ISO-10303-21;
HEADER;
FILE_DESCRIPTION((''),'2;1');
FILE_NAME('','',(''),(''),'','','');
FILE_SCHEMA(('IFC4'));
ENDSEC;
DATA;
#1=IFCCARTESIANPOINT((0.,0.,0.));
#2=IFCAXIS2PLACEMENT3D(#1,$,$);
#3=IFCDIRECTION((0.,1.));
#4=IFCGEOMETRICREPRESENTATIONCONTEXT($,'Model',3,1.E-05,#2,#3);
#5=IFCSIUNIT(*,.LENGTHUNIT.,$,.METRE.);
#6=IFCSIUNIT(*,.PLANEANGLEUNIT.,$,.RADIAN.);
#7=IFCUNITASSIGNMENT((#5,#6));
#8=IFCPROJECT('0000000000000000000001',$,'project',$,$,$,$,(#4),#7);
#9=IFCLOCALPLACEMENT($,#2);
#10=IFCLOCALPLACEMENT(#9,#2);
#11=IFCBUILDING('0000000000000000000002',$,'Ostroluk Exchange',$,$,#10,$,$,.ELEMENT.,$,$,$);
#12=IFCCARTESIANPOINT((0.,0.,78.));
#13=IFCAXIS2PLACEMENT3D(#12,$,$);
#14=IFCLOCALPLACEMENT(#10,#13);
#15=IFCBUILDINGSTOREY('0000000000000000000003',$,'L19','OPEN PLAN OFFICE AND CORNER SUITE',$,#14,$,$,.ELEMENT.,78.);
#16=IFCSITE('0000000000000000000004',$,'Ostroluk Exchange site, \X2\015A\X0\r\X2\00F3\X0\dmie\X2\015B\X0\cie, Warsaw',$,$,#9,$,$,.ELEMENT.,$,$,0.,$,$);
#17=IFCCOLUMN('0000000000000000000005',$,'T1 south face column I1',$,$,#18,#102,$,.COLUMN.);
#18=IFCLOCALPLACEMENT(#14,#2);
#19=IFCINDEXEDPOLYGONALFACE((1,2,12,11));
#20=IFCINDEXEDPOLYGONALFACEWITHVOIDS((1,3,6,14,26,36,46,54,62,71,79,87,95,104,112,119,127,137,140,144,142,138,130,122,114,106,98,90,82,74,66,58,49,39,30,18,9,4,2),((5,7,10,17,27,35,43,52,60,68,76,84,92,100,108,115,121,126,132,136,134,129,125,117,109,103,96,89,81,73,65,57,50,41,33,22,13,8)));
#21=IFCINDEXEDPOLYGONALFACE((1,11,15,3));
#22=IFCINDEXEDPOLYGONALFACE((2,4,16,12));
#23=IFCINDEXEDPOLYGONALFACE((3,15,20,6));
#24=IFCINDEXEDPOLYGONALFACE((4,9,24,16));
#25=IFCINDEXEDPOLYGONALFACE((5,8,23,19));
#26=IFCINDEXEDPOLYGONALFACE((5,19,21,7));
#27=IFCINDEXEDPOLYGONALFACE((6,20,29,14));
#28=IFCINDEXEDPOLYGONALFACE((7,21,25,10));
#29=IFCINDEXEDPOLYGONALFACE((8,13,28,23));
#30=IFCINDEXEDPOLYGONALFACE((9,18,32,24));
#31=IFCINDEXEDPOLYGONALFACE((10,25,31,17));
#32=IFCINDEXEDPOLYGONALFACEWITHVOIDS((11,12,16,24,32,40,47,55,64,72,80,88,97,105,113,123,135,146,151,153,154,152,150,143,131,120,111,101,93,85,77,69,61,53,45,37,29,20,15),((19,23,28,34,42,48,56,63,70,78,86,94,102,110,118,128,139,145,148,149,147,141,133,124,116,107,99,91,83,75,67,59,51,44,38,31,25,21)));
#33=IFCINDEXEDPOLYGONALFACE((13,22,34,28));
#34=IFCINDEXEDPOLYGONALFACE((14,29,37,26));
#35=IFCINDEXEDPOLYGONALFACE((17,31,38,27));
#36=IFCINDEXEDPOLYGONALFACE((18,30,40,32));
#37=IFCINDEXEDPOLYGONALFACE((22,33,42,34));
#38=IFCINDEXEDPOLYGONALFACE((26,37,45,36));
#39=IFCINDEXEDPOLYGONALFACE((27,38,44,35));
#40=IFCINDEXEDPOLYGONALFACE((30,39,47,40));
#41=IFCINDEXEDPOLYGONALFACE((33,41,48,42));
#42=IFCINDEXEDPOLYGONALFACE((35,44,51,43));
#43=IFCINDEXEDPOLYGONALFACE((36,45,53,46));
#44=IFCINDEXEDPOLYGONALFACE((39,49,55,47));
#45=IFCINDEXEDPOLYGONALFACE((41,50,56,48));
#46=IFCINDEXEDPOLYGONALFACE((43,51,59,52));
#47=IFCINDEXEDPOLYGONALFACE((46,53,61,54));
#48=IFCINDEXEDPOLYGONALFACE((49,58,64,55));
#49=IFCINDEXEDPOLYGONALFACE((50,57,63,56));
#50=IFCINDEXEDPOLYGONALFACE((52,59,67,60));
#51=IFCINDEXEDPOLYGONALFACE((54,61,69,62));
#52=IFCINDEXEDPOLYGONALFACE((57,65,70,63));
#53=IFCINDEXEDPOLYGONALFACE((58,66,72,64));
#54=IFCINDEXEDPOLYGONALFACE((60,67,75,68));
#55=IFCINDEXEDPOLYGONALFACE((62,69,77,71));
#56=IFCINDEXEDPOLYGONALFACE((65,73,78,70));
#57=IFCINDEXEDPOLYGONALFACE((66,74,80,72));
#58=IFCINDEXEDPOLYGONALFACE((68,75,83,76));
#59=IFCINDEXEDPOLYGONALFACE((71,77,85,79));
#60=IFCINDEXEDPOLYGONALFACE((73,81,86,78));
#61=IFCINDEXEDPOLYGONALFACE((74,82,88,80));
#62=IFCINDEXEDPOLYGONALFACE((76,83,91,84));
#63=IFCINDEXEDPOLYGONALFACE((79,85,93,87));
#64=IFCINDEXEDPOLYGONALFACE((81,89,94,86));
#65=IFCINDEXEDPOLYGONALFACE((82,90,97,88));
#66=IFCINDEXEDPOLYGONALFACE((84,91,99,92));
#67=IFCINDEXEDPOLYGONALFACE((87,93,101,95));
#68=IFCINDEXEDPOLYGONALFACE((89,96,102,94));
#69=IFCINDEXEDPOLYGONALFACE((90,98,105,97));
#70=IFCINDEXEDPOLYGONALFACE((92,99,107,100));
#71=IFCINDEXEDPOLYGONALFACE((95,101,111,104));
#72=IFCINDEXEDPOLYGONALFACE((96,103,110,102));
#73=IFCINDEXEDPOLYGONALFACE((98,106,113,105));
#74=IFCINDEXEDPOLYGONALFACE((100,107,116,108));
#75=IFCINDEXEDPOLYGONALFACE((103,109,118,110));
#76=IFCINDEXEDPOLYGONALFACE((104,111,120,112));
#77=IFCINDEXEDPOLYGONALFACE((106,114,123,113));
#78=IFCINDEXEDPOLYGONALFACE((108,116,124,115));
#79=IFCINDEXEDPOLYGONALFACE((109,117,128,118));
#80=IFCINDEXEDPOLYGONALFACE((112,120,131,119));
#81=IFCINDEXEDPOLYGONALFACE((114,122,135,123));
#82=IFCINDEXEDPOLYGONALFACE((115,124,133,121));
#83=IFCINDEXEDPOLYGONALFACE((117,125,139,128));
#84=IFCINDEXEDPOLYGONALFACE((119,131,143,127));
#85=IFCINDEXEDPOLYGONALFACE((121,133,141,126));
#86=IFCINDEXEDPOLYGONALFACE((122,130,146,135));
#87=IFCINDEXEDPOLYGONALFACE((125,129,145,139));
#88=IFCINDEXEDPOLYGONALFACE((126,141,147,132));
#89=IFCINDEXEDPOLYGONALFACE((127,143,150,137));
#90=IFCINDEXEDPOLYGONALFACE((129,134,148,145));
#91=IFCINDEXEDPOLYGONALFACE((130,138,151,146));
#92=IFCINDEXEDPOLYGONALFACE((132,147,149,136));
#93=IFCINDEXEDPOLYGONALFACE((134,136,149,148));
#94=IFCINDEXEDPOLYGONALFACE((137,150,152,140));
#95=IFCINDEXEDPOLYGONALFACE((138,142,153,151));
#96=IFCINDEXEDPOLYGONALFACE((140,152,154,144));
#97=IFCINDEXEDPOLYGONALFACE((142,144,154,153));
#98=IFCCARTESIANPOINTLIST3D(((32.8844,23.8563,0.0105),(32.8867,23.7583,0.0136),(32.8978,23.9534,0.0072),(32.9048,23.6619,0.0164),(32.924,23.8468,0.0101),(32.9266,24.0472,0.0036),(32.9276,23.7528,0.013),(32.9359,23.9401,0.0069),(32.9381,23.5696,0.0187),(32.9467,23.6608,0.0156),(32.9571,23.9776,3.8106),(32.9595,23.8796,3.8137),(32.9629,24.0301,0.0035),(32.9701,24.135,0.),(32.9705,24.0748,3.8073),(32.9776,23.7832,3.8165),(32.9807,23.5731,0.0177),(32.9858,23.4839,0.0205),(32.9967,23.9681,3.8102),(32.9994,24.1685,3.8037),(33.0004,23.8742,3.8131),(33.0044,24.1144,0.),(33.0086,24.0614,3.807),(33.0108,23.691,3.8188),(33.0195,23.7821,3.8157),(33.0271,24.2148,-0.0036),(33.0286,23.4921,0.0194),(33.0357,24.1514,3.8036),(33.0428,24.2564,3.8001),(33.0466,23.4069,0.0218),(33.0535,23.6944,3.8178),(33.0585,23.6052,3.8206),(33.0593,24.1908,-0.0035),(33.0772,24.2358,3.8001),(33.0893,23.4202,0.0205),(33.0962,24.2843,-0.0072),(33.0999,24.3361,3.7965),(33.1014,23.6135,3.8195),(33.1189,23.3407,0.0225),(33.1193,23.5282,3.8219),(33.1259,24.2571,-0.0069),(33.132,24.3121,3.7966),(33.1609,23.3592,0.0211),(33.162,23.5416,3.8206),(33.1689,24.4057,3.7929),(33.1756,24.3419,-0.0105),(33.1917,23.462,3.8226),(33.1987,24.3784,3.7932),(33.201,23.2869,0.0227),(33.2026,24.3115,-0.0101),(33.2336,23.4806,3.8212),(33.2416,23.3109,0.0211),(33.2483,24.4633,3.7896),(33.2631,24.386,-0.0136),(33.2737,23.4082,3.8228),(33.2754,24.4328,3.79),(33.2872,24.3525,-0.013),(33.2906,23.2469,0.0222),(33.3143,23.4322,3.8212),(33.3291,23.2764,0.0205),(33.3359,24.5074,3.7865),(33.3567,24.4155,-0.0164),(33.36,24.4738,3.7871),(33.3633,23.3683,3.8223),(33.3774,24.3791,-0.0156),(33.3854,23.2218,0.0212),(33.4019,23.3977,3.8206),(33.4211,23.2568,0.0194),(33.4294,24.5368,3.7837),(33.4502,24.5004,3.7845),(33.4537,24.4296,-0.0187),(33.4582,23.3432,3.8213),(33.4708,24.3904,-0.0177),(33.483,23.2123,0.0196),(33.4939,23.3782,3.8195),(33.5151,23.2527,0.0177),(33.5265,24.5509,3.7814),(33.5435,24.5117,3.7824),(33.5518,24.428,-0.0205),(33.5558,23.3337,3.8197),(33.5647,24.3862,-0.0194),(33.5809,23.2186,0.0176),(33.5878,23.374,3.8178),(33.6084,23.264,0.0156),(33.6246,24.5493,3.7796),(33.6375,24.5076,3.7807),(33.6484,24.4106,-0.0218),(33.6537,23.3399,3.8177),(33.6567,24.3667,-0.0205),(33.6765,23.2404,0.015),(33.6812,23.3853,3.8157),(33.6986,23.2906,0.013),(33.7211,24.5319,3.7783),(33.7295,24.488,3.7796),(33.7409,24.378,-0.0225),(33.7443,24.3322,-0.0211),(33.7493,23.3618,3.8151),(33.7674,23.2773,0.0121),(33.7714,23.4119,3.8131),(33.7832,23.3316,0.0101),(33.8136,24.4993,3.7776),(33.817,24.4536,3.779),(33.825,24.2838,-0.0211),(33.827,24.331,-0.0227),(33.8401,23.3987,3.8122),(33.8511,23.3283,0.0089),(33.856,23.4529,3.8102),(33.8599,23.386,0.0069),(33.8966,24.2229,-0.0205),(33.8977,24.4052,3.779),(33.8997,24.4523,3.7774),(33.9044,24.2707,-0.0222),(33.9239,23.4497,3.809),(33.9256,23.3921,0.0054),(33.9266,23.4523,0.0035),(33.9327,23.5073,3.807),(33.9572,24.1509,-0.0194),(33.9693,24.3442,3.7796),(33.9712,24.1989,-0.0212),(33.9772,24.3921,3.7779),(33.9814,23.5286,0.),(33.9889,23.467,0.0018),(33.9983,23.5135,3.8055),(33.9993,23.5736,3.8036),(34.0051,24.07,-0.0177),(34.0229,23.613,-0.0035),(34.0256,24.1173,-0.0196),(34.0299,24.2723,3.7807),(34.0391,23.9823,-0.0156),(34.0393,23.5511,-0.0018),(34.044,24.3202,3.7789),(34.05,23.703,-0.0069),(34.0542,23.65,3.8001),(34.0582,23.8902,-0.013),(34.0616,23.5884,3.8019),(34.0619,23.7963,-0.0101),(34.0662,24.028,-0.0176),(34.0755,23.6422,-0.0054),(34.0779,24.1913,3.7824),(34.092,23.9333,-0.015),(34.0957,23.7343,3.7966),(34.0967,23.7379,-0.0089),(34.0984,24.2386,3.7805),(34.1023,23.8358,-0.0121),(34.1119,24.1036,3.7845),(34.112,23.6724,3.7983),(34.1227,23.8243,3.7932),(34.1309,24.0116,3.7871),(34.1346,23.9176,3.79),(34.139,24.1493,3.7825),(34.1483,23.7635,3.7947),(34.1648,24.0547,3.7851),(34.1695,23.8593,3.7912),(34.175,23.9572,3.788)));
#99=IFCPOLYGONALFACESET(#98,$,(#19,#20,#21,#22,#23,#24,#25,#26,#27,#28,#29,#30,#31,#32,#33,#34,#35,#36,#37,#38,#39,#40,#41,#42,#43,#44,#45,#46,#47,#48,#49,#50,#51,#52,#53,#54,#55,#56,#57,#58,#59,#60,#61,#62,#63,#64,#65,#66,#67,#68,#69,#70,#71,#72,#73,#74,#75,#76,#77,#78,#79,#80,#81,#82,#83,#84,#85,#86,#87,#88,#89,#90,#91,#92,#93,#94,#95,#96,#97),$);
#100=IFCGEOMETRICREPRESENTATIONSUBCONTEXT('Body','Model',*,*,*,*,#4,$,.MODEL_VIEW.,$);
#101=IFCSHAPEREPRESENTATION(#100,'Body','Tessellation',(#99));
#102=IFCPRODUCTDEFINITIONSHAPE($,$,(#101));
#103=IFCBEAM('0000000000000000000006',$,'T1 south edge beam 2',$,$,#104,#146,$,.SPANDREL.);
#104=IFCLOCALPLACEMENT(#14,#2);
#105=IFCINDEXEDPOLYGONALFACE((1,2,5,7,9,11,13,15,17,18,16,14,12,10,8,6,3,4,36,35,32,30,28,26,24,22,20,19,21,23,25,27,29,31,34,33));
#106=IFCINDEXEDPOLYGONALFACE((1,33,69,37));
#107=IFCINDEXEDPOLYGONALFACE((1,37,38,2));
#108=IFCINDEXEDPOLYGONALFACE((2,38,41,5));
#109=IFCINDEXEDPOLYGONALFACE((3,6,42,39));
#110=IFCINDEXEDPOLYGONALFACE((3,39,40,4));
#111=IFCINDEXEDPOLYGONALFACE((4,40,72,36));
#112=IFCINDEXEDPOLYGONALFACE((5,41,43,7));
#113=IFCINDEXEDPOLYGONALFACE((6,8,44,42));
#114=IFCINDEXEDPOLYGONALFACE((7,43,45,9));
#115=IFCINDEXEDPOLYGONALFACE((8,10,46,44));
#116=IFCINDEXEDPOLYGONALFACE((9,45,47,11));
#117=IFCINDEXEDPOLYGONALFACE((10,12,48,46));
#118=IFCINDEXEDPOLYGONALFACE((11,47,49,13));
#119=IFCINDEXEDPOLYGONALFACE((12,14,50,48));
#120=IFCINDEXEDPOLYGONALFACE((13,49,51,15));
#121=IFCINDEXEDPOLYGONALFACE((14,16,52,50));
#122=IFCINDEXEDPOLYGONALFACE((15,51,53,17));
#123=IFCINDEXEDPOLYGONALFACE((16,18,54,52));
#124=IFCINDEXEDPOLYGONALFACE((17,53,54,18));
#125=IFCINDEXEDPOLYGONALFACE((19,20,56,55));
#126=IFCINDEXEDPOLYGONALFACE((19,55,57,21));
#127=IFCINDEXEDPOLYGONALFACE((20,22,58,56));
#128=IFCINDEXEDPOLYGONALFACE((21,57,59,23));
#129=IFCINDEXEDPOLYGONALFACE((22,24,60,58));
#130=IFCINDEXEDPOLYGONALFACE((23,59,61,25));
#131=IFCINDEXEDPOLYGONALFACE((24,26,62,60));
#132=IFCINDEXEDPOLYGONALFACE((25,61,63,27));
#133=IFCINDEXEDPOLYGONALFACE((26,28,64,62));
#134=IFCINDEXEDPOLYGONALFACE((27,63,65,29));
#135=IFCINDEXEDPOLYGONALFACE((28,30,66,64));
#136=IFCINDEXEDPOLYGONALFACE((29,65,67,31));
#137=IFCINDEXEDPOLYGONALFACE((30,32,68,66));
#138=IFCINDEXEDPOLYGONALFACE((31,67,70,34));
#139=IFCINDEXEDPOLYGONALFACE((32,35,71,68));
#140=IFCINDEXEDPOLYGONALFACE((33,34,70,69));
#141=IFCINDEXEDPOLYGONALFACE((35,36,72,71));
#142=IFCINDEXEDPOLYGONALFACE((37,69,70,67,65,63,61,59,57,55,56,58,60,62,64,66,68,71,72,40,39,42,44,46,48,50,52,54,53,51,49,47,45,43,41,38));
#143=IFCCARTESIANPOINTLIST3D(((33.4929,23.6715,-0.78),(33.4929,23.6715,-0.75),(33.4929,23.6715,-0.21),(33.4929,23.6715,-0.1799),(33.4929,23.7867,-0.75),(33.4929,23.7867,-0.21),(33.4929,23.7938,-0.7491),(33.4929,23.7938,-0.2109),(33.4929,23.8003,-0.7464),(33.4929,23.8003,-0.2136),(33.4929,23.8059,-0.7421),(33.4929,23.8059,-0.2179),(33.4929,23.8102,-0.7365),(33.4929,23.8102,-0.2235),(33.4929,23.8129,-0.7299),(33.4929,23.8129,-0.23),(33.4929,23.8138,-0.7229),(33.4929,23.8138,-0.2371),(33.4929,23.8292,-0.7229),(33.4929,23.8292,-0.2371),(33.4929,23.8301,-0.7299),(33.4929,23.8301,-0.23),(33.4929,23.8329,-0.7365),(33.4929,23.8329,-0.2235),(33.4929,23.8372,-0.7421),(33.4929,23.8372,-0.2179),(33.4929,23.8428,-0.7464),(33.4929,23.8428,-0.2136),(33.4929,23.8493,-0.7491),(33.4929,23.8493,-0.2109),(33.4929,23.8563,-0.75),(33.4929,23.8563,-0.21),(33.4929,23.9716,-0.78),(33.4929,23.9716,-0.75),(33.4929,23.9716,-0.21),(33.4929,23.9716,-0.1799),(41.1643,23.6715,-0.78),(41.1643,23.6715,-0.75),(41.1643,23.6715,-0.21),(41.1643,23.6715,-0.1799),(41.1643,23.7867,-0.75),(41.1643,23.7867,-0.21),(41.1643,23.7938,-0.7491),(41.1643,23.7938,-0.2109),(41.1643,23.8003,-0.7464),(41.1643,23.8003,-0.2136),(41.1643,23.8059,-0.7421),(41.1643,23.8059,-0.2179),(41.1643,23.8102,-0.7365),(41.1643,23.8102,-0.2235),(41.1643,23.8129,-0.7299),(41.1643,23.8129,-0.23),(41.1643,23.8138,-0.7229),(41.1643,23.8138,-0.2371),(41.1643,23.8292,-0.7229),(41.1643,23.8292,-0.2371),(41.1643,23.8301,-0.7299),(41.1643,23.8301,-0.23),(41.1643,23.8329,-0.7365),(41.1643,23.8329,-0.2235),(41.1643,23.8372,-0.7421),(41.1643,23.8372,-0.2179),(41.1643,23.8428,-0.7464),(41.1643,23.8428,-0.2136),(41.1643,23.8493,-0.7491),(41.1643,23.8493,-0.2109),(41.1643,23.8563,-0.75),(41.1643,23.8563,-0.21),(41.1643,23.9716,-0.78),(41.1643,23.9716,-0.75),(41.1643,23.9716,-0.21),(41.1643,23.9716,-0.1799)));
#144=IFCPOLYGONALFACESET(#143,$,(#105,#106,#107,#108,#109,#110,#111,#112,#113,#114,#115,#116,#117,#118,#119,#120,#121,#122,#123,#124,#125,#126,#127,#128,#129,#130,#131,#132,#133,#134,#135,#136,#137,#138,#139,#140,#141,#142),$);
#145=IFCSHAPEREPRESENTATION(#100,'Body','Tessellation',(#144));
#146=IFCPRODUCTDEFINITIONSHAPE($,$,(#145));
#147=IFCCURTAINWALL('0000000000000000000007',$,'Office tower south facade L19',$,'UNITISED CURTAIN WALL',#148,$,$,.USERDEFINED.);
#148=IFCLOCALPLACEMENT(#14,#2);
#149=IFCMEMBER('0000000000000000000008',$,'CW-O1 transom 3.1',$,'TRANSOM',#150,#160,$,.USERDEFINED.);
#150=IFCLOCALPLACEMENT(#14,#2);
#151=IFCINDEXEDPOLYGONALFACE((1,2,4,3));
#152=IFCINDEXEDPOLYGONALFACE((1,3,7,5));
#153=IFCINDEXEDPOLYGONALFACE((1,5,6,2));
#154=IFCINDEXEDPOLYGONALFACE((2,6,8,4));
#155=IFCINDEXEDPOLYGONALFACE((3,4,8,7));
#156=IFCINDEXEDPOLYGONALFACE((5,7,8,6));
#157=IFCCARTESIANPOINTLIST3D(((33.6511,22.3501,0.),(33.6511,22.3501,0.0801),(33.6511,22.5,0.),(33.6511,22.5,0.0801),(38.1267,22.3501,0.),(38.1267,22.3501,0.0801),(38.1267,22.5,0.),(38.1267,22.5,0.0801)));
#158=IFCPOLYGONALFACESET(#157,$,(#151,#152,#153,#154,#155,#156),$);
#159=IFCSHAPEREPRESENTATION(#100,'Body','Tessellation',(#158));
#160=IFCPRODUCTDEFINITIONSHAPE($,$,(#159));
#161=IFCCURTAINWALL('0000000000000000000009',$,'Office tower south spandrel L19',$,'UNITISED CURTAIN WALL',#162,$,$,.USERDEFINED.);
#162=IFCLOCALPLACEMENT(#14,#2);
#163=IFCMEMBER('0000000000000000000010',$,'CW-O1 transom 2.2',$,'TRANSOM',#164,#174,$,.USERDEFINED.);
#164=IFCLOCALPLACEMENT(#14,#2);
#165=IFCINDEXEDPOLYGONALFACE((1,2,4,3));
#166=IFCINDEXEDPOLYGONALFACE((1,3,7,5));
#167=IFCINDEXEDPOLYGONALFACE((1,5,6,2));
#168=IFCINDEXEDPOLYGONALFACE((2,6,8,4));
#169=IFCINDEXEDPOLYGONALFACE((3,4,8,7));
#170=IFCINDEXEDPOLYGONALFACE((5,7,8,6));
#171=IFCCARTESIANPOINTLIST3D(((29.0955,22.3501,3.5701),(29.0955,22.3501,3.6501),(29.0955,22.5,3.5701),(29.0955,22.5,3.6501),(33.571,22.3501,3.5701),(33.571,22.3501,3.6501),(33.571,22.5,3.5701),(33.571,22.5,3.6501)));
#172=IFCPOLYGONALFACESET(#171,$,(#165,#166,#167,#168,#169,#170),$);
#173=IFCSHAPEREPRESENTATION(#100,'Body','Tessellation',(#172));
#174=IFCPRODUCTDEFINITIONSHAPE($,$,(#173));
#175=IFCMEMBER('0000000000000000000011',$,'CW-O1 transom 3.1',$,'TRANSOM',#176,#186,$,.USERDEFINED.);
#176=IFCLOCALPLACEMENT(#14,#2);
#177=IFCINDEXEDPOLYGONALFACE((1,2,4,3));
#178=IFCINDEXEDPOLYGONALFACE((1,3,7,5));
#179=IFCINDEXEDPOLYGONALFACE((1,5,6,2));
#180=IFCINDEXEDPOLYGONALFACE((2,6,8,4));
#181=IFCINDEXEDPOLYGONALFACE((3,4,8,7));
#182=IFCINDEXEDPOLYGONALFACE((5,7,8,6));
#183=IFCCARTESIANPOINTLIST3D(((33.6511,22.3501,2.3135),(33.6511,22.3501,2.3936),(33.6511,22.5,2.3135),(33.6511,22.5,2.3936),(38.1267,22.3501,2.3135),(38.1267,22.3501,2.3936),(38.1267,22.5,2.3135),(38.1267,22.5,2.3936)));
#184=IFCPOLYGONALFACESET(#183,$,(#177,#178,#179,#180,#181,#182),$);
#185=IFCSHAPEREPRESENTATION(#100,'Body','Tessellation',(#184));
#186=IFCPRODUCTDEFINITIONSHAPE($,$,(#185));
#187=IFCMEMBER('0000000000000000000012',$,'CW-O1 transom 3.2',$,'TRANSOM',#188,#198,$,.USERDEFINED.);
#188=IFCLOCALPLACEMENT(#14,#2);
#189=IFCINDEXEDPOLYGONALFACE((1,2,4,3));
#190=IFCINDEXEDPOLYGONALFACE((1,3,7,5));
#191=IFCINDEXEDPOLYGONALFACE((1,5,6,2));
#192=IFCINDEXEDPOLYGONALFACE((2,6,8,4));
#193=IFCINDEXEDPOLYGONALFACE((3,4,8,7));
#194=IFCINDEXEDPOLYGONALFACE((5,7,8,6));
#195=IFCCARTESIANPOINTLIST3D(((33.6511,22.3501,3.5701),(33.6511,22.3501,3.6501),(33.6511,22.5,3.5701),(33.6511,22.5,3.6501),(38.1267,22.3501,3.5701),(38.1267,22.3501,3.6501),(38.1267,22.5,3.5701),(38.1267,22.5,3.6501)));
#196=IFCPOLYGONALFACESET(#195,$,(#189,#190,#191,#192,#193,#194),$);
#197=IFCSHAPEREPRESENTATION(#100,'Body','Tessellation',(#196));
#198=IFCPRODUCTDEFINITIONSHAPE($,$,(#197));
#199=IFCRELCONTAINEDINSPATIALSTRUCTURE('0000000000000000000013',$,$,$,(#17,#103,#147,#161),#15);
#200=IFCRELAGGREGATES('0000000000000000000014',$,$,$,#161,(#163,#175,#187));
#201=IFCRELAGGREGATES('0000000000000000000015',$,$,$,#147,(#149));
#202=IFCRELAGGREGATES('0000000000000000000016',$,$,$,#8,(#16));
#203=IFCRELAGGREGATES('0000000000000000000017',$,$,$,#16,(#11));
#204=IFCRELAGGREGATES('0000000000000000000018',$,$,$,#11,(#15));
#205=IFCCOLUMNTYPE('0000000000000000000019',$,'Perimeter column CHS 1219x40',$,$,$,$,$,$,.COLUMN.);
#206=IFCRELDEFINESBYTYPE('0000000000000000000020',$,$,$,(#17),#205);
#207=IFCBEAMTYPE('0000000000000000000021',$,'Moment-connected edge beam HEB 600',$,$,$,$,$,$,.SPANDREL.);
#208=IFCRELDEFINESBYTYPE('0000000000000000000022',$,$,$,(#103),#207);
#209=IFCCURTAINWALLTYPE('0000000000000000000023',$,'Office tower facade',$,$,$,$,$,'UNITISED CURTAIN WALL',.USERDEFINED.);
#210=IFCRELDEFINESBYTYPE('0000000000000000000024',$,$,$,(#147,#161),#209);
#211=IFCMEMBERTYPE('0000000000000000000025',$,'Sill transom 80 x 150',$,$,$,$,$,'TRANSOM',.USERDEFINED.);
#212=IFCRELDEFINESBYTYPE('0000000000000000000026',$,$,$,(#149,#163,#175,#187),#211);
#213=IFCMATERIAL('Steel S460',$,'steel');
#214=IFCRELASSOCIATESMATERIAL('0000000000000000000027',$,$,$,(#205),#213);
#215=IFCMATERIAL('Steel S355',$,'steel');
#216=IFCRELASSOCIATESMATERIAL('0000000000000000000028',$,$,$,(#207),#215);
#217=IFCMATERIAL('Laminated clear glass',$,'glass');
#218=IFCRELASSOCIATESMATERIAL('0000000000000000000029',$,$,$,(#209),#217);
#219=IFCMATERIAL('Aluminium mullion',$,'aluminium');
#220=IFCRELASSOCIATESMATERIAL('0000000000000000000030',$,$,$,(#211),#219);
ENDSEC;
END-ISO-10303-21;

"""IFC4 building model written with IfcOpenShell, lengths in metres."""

from ifc_helpers import new_model, si_unit, direction, frame, origin, origin_2d, place, context, subcontext, project, spatial, rectangle, hollow_circle, i_section, extrude, material, material_profile, profile_set, type_object, element, aggregate, save


model = new_model("IFC4")

# Units and contexts
model_context = context("Model", 3, precision=1e-05, world=origin(), true_north=direction((0.0, 1.0)))
body_context = subcontext(model_context, "Body", "Model", "MODEL_VIEW")
ifc_project = project(units=[si_unit("LENGTHUNIT", "METRE"), si_unit("PLANEANGLEUNIT", "RADIAN")], contexts=[model_context])

# Site, building, storey
site_placement = place(None, origin())
site = spatial("IfcSite", under=ifc_project, at=site_placement, Name="Ostroluk Exchange site, Śródmieście, Warsaw", CompositionType="ELEMENT", RefElevation=0.0)
building_placement = place(site_placement, origin())
building = spatial("IfcBuilding", under=site, at=building_placement, Name="Ostroluk Exchange", CompositionType="ELEMENT")
storey_placement = place(building_placement, frame((0.0, 0.0, 78.0)))
storey = spatial("IfcBuildingStorey", under=building, at=storey_placement, Name="L19", Description="OPEN PLAN OFFICE AND CORNER SUITE", CompositionType="ELEMENT", Elevation=78.0)

# Column
ifc_material_1 = material(Name="Steel S460", Category="steel")
ifc_material_profile_1 = material_profile(ifc_material_1, hollow_circle(Radius=0.6096, WallThickness=0.04, at=origin_2d()), Name="CHS 1219x40")
ifc_profile_set_1 = profile_set([ifc_material_profile_1], Name="Steel S460")
column_type = type_object("IfcColumnType", Name="Perimeter column CHS 1219x40", PredefinedType="COLUMN", material=ifc_profile_set_1)
column_placement = place(storey_placement, frame((33.4929, 23.8215, 0.0), z_axis=(0.019132, 0.031909, 0.999308), x_axis=(-0.857645, 0.514242, 0.0)))
element("IfcColumn", 1, at=column_placement, inside=storey, type_object=column_type, Name="T1 south face column I1", PredefinedType="COLUMN", context=body_context, shape_type="SweptSolid", body=[
    extrude(hollow_circle(Radius=0.6096, WallThickness=0.04, at=origin_2d()), origin(), (0.0, 0.0, 1.0), 3.8027),
])

# Beam
ifc_material_2 = material(Name="Steel S355", Category="steel")
ifc_material_profile_2 = material_profile(ifc_material_2, i_section(OverallWidth=0.3, OverallDepth=0.6001, WebThickness=0.0154, FlangeThickness=0.03, FilletRadius=0.0271, at=origin_2d()), Name="HEB 600")
ifc_profile_set_2 = profile_set([ifc_material_profile_2], Name="Steel S355")
beam_type = type_object("IfcBeamType", Name="Moment-connected edge beam HEB 600", PredefinedType="SPANDREL", material=ifc_profile_set_2)
beam_placement = place(storey_placement, frame((33.4929, 23.8215, -0.48), z_axis=(1.0, 0.0, 0.0), x_axis=(0.0, 1.0, 0.0)))
element("IfcBeam", 2, at=beam_placement, inside=storey, type_object=beam_type, Name="T1 south edge beam 2", PredefinedType="SPANDREL", context=body_context, shape_type="SweptSolid", body=[
    extrude(i_section(OverallWidth=0.3, OverallDepth=0.6001, WebThickness=0.0154, FlangeThickness=0.03, FilletRadius=0.0271, at=origin_2d()), origin(), (0.0, 0.0, 1.0), 7.6714),
])

# Curtain wall, member
ifc_material_3 = material(Name="Laminated clear glass", Category="glass")
curtain_wall_type = type_object("IfcCurtainWallType", Name="Office tower facade", ElementType="UNITISED CURTAIN WALL", PredefinedType="USERDEFINED", material=ifc_material_3)
curtain_wall_1_placement = place(storey_placement, origin())
curtain_wall_1 = element("IfcCurtainWall", 3, at=curtain_wall_1_placement, inside=storey, type_object=curtain_wall_type, Name="Office tower south facade L19", ObjectType="UNITISED CURTAIN WALL", PredefinedType="USERDEFINED")
ifc_material_4 = material(Name="Aluminium mullion", Category="aluminium")
ifc_material_profile_3 = material_profile(ifc_material_4, rectangle(XDim=0.1499, YDim=0.0801, at=origin_2d()), Name="Sill transom 80 x 150")
ifc_profile_set_3 = profile_set([ifc_material_profile_3], Name="Aluminium mullion")
member_type_1 = type_object("IfcMemberType", Name="Sill transom 80 x 150", ElementType="TRANSOM", PredefinedType="USERDEFINED", material=ifc_profile_set_3)
member_1_placement = place(storey_placement, frame((33.6511, 22.425, 0.04), z_axis=(1.0, 0.0, 0.0), x_axis=(0.0, 1.0, 0.0)))
member_1 = element("IfcMember", 4, at=member_1_placement, type_object=member_type_1, Name="CW-O1 transom 3.1", ObjectType="TRANSOM", PredefinedType="USERDEFINED", context=body_context, shape_type="SweptSolid", body=[
    extrude(rectangle(XDim=0.1499, YDim=0.0801, at=origin_2d()), origin(), (0.0, 0.0, 1.0), 4.4756),
])

# Curtain wall, members
curtain_wall_2_placement = place(storey_placement, origin())
curtain_wall_2 = element("IfcCurtainWall", 5, at=curtain_wall_2_placement, inside=storey, type_object=curtain_wall_type, Name="Office tower south spandrel L19", ObjectType="UNITISED CURTAIN WALL", PredefinedType="USERDEFINED")
member_2_placement = place(storey_placement, frame((29.0955, 22.425, 3.6101), z_axis=(1.0, 0.0, 0.0), x_axis=(0.0, 1.0, 0.0)))
member_2 = element("IfcMember", 6, at=member_2_placement, type_object=member_type_1, Name="CW-O1 transom 2.2", ObjectType="TRANSOM", PredefinedType="USERDEFINED", context=body_context, shape_type="SweptSolid", body=[
    extrude(rectangle(XDim=0.1499, YDim=0.0801, at=origin_2d()), origin(), (0.0, 0.0, 1.0), 4.4756),
])
member_3_placement = place(storey_placement, frame((33.6511, 22.425, 2.3535), z_axis=(1.0, 0.0, 0.0), x_axis=(0.0, 1.0, 0.0)))
member_3 = element("IfcMember", 7, at=member_3_placement, type_object=member_type_1, Name="CW-O1 transom 3.1", ObjectType="TRANSOM", PredefinedType="USERDEFINED", context=body_context, shape_type="SweptSolid", body=[
    extrude(rectangle(XDim=0.1499, YDim=0.0801, at=origin_2d()), origin(), (0.0, 0.0, 1.0), 4.4756),
])
member_4_placement = place(storey_placement, frame((33.6511, 22.425, 3.6101), z_axis=(1.0, 0.0, 0.0), x_axis=(0.0, 1.0, 0.0)))
member_4 = element("IfcMember", 8, at=member_4_placement, type_object=member_type_1, Name="CW-O1 transom 3.2", ObjectType="TRANSOM", PredefinedType="USERDEFINED", context=body_context, shape_type="SweptSolid", body=[
    extrude(rectangle(XDim=0.1499, YDim=0.0801, at=origin_2d()), origin(), (0.0, 0.0, 1.0), 4.4756),
])

aggregate(curtain_wall_2, [member_2, member_3, member_4])
aggregate(curtain_wall_1, [member_1])

save(model, "model.ifc")
